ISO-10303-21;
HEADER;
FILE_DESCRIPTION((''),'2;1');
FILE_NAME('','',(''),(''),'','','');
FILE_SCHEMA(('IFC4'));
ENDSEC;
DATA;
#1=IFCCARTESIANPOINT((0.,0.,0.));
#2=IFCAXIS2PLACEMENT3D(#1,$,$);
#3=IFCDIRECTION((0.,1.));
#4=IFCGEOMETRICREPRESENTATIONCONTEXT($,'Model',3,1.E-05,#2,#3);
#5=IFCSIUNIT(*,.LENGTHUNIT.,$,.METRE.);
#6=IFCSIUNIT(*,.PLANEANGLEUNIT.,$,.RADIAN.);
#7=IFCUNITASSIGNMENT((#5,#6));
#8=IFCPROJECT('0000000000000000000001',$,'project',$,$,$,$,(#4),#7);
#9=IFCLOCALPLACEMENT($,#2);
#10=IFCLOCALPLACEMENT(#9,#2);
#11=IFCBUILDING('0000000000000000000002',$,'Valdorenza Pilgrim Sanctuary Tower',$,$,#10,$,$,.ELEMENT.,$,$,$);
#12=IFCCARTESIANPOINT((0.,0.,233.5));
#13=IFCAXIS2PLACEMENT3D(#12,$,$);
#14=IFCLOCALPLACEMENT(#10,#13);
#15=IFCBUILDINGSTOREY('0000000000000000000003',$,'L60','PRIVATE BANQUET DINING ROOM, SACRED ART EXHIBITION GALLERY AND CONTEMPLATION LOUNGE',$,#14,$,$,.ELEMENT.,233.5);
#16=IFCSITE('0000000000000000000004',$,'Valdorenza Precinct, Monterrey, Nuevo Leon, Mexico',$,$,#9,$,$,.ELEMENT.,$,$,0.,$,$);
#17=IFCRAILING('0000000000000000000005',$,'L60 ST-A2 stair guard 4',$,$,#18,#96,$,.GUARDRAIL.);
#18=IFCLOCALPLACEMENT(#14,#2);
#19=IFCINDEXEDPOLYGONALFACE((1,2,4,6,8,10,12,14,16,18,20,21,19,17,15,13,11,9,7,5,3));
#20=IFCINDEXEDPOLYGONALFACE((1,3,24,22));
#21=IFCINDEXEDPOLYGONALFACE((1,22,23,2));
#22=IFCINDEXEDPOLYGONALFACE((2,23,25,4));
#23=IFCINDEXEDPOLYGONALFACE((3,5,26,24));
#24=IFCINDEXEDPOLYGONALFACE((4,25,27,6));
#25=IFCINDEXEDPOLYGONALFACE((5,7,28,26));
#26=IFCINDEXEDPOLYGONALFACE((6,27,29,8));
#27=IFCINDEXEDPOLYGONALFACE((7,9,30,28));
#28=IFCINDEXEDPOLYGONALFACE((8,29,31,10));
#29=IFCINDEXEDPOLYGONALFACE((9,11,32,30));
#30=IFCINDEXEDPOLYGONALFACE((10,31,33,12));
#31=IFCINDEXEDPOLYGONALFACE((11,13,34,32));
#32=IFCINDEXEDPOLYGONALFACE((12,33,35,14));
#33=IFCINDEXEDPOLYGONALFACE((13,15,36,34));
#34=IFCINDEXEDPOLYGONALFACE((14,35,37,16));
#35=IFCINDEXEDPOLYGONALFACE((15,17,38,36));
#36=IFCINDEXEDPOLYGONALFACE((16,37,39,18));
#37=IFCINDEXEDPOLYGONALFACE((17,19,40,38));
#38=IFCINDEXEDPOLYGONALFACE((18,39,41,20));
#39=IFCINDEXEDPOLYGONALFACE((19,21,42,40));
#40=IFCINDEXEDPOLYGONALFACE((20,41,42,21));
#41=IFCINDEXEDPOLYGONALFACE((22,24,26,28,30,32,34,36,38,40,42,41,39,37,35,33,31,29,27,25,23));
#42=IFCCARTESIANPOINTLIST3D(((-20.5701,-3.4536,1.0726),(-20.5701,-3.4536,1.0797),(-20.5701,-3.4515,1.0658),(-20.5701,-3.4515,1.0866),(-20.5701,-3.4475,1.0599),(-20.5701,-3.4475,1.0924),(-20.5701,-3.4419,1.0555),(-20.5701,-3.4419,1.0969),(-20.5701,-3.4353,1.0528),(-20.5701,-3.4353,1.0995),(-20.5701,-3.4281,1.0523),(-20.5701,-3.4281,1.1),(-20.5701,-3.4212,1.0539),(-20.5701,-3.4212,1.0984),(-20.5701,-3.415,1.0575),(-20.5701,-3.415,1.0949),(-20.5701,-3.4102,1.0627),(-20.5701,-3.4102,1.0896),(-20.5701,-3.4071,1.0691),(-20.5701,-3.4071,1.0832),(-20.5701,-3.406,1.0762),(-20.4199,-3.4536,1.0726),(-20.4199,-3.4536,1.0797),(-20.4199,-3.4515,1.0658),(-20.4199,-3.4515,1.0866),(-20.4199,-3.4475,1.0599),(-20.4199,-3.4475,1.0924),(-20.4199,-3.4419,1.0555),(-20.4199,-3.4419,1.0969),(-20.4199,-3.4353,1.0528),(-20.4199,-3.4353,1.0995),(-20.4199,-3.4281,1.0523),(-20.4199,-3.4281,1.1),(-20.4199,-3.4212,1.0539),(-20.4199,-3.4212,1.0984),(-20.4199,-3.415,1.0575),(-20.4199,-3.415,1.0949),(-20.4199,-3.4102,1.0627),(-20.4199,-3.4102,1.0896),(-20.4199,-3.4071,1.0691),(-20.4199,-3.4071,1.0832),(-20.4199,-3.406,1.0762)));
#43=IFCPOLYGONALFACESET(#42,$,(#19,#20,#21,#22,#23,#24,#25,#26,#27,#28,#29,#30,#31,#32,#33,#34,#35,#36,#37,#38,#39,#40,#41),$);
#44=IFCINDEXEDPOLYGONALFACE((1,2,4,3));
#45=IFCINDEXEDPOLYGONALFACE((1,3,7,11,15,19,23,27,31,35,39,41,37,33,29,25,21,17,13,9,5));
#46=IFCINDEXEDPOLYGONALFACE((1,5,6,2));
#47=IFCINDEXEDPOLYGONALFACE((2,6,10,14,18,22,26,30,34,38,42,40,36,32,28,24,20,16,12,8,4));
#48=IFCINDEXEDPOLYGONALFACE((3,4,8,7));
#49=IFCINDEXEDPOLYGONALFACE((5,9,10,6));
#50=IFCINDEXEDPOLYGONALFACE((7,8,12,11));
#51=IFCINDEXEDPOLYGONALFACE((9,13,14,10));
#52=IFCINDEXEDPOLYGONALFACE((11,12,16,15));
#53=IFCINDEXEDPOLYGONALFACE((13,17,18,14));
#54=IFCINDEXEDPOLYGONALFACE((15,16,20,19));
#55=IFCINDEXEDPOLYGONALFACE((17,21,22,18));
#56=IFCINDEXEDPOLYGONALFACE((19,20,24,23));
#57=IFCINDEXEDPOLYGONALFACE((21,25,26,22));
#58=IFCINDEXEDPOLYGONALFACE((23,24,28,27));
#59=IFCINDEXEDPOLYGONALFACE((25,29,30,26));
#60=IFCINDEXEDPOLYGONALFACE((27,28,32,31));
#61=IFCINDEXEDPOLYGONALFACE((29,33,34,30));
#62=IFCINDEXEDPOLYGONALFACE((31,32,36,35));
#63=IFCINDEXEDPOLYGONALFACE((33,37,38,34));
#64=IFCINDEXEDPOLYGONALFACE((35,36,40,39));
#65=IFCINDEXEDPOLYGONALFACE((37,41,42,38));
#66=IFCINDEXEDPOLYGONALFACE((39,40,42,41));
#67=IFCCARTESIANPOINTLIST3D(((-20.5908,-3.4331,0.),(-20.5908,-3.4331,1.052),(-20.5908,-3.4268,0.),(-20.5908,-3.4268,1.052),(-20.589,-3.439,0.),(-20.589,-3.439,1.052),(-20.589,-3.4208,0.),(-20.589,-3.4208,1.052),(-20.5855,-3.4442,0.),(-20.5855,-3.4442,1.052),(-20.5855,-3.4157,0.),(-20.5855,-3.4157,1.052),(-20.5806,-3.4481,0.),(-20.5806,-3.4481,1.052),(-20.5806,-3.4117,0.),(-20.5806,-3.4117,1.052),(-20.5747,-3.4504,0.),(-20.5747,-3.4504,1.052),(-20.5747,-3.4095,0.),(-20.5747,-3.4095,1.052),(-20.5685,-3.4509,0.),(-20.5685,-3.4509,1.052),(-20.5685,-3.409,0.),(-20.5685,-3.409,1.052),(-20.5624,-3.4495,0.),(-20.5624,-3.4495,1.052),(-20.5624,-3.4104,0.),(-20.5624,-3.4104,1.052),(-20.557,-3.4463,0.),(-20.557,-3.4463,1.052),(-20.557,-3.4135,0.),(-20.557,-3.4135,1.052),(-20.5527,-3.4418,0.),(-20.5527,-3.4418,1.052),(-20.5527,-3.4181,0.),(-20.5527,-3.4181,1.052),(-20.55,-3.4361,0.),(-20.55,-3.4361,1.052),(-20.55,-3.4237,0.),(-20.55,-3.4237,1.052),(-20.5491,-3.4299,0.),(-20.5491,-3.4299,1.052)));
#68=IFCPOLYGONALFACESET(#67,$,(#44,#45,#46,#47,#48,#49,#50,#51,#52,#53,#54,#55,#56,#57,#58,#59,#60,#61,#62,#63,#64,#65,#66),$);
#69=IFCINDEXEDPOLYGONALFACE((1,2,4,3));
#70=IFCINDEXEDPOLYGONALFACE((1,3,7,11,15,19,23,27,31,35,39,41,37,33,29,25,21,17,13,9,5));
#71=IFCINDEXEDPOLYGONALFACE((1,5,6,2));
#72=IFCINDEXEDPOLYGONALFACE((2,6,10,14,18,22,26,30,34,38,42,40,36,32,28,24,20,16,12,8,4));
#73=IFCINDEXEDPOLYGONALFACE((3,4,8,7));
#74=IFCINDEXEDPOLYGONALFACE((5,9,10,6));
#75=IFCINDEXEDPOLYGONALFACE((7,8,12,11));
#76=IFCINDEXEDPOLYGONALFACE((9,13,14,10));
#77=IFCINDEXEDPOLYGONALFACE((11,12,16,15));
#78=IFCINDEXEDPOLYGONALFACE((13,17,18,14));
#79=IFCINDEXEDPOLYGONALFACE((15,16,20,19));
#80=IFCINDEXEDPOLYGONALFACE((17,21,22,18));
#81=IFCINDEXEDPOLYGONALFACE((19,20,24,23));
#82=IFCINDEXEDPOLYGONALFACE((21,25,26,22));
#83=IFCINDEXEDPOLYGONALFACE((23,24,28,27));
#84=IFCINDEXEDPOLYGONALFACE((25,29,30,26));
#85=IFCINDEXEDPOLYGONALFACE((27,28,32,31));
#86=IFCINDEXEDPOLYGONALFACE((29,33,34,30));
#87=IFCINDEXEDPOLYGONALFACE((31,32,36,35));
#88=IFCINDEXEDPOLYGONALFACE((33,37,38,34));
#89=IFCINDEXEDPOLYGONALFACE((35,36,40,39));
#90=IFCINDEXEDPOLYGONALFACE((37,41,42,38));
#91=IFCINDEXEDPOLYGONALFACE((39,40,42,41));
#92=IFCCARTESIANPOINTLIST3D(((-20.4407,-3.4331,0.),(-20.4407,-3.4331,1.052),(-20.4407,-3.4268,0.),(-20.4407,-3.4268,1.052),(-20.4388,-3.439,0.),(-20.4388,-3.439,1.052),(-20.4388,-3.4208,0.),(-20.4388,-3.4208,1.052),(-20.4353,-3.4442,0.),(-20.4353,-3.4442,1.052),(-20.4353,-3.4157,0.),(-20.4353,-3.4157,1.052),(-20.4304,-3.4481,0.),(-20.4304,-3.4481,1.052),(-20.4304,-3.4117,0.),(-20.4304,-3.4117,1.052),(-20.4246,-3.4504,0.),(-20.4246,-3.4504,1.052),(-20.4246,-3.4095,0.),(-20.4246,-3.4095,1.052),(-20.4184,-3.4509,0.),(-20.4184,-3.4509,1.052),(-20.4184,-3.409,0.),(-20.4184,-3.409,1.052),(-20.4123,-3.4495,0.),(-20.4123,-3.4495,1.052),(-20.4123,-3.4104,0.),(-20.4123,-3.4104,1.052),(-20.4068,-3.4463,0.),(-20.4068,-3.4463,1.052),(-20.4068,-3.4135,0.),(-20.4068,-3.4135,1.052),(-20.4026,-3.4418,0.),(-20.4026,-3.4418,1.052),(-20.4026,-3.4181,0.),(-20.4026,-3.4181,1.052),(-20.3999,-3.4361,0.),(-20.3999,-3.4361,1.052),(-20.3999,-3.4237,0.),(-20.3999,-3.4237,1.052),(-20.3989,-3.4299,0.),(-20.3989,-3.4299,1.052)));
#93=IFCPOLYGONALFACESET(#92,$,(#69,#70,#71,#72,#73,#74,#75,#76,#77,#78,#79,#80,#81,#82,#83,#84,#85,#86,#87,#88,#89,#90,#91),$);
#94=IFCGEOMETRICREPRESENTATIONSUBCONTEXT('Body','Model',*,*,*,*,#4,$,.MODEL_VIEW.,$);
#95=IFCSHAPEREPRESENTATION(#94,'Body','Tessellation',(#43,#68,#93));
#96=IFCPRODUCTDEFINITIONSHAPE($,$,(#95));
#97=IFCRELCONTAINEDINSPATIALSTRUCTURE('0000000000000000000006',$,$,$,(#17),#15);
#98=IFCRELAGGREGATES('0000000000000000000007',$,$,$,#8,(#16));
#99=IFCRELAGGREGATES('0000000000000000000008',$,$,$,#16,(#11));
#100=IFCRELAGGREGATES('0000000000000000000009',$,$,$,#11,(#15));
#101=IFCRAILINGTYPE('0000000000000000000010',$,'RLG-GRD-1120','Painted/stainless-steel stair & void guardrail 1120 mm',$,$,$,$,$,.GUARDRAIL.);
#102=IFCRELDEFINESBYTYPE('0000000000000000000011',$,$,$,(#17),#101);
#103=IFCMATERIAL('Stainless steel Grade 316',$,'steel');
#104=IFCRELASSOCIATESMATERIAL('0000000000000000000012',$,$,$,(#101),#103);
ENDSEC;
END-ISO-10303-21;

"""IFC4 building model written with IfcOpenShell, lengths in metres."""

from ifc_helpers import new_model, si_unit, direction, frame, origin, origin_2d, place, context, subcontext, project, spatial, circle, extrude, material, type_object, element, save


model = new_model("IFC4")

# Units and contexts
model_context = context("Model", 3, precision=1e-05, world=origin(), true_north=direction((0.0, 1.0)))
body_context = subcontext(model_context, "Body", "Model", "MODEL_VIEW")
ifc_project = project(units=[si_unit("LENGTHUNIT", "METRE"), si_unit("PLANEANGLEUNIT", "RADIAN")], contexts=[model_context])

# Site, building, storey
site_placement = place(None, origin())
site = spatial("IfcSite", under=ifc_project, at=site_placement, Name="Valdorenza Precinct, Monterrey, Nuevo Leon, Mexico", CompositionType="ELEMENT", RefElevation=0.0)
building_placement = place(site_placement, origin())
building = spatial("IfcBuilding", under=site, at=building_placement, Name="Valdorenza Pilgrim Sanctuary Tower", CompositionType="ELEMENT")
storey_placement = place(building_placement, frame((0.0, 0.0, 233.5)))
storey = spatial("IfcBuildingStorey", under=building, at=storey_placement, Name="L60", Description="PRIVATE BANQUET DINING ROOM, SACRED ART EXHIBITION GALLERY AND CONTEMPLATION LOUNGE", CompositionType="ELEMENT", Elevation=233.5)

# Railing
ifc_material_1 = material(Name="Stainless steel Grade 316", Category="steel")
railing_type_1 = type_object("IfcRailingType", Name="RLG-GRD-1120", Description="Painted/stainless-steel stair & void guardrail 1120 mm", PredefinedType="GUARDRAIL", material=ifc_material_1)
railing_1_placement = place(storey_placement, frame((-20.5701, -3.4299, 0.0)))
element("IfcRailing", 1, at=railing_1_placement, inside=storey, type_object=railing_type_1, Name="L60 ST-A2 stair guard 4", PredefinedType="GUARDRAIL", context=body_context, shape_type="SweptSolid", body=[
    extrude(circle(Radius=0.0239, at=origin_2d()), frame((0.0, 0.0, 1.0762), z_axis=(1.0, 0.0, 0.0), x_axis=(0.0, 1.0, 0.0)), (0.0, 0.0, 1.0), 0.1501),
    extrude(circle(Radius=0.021, at=origin_2d()), origin(), (0.0, 0.0, 1.0), 1.052),
    extrude(circle(Radius=0.021, at=origin_2d()), frame((0.1501, 0.0, 0.0)), (0.0, 0.0, 1.0), 1.052),
])

save(model, "model.ifc")
